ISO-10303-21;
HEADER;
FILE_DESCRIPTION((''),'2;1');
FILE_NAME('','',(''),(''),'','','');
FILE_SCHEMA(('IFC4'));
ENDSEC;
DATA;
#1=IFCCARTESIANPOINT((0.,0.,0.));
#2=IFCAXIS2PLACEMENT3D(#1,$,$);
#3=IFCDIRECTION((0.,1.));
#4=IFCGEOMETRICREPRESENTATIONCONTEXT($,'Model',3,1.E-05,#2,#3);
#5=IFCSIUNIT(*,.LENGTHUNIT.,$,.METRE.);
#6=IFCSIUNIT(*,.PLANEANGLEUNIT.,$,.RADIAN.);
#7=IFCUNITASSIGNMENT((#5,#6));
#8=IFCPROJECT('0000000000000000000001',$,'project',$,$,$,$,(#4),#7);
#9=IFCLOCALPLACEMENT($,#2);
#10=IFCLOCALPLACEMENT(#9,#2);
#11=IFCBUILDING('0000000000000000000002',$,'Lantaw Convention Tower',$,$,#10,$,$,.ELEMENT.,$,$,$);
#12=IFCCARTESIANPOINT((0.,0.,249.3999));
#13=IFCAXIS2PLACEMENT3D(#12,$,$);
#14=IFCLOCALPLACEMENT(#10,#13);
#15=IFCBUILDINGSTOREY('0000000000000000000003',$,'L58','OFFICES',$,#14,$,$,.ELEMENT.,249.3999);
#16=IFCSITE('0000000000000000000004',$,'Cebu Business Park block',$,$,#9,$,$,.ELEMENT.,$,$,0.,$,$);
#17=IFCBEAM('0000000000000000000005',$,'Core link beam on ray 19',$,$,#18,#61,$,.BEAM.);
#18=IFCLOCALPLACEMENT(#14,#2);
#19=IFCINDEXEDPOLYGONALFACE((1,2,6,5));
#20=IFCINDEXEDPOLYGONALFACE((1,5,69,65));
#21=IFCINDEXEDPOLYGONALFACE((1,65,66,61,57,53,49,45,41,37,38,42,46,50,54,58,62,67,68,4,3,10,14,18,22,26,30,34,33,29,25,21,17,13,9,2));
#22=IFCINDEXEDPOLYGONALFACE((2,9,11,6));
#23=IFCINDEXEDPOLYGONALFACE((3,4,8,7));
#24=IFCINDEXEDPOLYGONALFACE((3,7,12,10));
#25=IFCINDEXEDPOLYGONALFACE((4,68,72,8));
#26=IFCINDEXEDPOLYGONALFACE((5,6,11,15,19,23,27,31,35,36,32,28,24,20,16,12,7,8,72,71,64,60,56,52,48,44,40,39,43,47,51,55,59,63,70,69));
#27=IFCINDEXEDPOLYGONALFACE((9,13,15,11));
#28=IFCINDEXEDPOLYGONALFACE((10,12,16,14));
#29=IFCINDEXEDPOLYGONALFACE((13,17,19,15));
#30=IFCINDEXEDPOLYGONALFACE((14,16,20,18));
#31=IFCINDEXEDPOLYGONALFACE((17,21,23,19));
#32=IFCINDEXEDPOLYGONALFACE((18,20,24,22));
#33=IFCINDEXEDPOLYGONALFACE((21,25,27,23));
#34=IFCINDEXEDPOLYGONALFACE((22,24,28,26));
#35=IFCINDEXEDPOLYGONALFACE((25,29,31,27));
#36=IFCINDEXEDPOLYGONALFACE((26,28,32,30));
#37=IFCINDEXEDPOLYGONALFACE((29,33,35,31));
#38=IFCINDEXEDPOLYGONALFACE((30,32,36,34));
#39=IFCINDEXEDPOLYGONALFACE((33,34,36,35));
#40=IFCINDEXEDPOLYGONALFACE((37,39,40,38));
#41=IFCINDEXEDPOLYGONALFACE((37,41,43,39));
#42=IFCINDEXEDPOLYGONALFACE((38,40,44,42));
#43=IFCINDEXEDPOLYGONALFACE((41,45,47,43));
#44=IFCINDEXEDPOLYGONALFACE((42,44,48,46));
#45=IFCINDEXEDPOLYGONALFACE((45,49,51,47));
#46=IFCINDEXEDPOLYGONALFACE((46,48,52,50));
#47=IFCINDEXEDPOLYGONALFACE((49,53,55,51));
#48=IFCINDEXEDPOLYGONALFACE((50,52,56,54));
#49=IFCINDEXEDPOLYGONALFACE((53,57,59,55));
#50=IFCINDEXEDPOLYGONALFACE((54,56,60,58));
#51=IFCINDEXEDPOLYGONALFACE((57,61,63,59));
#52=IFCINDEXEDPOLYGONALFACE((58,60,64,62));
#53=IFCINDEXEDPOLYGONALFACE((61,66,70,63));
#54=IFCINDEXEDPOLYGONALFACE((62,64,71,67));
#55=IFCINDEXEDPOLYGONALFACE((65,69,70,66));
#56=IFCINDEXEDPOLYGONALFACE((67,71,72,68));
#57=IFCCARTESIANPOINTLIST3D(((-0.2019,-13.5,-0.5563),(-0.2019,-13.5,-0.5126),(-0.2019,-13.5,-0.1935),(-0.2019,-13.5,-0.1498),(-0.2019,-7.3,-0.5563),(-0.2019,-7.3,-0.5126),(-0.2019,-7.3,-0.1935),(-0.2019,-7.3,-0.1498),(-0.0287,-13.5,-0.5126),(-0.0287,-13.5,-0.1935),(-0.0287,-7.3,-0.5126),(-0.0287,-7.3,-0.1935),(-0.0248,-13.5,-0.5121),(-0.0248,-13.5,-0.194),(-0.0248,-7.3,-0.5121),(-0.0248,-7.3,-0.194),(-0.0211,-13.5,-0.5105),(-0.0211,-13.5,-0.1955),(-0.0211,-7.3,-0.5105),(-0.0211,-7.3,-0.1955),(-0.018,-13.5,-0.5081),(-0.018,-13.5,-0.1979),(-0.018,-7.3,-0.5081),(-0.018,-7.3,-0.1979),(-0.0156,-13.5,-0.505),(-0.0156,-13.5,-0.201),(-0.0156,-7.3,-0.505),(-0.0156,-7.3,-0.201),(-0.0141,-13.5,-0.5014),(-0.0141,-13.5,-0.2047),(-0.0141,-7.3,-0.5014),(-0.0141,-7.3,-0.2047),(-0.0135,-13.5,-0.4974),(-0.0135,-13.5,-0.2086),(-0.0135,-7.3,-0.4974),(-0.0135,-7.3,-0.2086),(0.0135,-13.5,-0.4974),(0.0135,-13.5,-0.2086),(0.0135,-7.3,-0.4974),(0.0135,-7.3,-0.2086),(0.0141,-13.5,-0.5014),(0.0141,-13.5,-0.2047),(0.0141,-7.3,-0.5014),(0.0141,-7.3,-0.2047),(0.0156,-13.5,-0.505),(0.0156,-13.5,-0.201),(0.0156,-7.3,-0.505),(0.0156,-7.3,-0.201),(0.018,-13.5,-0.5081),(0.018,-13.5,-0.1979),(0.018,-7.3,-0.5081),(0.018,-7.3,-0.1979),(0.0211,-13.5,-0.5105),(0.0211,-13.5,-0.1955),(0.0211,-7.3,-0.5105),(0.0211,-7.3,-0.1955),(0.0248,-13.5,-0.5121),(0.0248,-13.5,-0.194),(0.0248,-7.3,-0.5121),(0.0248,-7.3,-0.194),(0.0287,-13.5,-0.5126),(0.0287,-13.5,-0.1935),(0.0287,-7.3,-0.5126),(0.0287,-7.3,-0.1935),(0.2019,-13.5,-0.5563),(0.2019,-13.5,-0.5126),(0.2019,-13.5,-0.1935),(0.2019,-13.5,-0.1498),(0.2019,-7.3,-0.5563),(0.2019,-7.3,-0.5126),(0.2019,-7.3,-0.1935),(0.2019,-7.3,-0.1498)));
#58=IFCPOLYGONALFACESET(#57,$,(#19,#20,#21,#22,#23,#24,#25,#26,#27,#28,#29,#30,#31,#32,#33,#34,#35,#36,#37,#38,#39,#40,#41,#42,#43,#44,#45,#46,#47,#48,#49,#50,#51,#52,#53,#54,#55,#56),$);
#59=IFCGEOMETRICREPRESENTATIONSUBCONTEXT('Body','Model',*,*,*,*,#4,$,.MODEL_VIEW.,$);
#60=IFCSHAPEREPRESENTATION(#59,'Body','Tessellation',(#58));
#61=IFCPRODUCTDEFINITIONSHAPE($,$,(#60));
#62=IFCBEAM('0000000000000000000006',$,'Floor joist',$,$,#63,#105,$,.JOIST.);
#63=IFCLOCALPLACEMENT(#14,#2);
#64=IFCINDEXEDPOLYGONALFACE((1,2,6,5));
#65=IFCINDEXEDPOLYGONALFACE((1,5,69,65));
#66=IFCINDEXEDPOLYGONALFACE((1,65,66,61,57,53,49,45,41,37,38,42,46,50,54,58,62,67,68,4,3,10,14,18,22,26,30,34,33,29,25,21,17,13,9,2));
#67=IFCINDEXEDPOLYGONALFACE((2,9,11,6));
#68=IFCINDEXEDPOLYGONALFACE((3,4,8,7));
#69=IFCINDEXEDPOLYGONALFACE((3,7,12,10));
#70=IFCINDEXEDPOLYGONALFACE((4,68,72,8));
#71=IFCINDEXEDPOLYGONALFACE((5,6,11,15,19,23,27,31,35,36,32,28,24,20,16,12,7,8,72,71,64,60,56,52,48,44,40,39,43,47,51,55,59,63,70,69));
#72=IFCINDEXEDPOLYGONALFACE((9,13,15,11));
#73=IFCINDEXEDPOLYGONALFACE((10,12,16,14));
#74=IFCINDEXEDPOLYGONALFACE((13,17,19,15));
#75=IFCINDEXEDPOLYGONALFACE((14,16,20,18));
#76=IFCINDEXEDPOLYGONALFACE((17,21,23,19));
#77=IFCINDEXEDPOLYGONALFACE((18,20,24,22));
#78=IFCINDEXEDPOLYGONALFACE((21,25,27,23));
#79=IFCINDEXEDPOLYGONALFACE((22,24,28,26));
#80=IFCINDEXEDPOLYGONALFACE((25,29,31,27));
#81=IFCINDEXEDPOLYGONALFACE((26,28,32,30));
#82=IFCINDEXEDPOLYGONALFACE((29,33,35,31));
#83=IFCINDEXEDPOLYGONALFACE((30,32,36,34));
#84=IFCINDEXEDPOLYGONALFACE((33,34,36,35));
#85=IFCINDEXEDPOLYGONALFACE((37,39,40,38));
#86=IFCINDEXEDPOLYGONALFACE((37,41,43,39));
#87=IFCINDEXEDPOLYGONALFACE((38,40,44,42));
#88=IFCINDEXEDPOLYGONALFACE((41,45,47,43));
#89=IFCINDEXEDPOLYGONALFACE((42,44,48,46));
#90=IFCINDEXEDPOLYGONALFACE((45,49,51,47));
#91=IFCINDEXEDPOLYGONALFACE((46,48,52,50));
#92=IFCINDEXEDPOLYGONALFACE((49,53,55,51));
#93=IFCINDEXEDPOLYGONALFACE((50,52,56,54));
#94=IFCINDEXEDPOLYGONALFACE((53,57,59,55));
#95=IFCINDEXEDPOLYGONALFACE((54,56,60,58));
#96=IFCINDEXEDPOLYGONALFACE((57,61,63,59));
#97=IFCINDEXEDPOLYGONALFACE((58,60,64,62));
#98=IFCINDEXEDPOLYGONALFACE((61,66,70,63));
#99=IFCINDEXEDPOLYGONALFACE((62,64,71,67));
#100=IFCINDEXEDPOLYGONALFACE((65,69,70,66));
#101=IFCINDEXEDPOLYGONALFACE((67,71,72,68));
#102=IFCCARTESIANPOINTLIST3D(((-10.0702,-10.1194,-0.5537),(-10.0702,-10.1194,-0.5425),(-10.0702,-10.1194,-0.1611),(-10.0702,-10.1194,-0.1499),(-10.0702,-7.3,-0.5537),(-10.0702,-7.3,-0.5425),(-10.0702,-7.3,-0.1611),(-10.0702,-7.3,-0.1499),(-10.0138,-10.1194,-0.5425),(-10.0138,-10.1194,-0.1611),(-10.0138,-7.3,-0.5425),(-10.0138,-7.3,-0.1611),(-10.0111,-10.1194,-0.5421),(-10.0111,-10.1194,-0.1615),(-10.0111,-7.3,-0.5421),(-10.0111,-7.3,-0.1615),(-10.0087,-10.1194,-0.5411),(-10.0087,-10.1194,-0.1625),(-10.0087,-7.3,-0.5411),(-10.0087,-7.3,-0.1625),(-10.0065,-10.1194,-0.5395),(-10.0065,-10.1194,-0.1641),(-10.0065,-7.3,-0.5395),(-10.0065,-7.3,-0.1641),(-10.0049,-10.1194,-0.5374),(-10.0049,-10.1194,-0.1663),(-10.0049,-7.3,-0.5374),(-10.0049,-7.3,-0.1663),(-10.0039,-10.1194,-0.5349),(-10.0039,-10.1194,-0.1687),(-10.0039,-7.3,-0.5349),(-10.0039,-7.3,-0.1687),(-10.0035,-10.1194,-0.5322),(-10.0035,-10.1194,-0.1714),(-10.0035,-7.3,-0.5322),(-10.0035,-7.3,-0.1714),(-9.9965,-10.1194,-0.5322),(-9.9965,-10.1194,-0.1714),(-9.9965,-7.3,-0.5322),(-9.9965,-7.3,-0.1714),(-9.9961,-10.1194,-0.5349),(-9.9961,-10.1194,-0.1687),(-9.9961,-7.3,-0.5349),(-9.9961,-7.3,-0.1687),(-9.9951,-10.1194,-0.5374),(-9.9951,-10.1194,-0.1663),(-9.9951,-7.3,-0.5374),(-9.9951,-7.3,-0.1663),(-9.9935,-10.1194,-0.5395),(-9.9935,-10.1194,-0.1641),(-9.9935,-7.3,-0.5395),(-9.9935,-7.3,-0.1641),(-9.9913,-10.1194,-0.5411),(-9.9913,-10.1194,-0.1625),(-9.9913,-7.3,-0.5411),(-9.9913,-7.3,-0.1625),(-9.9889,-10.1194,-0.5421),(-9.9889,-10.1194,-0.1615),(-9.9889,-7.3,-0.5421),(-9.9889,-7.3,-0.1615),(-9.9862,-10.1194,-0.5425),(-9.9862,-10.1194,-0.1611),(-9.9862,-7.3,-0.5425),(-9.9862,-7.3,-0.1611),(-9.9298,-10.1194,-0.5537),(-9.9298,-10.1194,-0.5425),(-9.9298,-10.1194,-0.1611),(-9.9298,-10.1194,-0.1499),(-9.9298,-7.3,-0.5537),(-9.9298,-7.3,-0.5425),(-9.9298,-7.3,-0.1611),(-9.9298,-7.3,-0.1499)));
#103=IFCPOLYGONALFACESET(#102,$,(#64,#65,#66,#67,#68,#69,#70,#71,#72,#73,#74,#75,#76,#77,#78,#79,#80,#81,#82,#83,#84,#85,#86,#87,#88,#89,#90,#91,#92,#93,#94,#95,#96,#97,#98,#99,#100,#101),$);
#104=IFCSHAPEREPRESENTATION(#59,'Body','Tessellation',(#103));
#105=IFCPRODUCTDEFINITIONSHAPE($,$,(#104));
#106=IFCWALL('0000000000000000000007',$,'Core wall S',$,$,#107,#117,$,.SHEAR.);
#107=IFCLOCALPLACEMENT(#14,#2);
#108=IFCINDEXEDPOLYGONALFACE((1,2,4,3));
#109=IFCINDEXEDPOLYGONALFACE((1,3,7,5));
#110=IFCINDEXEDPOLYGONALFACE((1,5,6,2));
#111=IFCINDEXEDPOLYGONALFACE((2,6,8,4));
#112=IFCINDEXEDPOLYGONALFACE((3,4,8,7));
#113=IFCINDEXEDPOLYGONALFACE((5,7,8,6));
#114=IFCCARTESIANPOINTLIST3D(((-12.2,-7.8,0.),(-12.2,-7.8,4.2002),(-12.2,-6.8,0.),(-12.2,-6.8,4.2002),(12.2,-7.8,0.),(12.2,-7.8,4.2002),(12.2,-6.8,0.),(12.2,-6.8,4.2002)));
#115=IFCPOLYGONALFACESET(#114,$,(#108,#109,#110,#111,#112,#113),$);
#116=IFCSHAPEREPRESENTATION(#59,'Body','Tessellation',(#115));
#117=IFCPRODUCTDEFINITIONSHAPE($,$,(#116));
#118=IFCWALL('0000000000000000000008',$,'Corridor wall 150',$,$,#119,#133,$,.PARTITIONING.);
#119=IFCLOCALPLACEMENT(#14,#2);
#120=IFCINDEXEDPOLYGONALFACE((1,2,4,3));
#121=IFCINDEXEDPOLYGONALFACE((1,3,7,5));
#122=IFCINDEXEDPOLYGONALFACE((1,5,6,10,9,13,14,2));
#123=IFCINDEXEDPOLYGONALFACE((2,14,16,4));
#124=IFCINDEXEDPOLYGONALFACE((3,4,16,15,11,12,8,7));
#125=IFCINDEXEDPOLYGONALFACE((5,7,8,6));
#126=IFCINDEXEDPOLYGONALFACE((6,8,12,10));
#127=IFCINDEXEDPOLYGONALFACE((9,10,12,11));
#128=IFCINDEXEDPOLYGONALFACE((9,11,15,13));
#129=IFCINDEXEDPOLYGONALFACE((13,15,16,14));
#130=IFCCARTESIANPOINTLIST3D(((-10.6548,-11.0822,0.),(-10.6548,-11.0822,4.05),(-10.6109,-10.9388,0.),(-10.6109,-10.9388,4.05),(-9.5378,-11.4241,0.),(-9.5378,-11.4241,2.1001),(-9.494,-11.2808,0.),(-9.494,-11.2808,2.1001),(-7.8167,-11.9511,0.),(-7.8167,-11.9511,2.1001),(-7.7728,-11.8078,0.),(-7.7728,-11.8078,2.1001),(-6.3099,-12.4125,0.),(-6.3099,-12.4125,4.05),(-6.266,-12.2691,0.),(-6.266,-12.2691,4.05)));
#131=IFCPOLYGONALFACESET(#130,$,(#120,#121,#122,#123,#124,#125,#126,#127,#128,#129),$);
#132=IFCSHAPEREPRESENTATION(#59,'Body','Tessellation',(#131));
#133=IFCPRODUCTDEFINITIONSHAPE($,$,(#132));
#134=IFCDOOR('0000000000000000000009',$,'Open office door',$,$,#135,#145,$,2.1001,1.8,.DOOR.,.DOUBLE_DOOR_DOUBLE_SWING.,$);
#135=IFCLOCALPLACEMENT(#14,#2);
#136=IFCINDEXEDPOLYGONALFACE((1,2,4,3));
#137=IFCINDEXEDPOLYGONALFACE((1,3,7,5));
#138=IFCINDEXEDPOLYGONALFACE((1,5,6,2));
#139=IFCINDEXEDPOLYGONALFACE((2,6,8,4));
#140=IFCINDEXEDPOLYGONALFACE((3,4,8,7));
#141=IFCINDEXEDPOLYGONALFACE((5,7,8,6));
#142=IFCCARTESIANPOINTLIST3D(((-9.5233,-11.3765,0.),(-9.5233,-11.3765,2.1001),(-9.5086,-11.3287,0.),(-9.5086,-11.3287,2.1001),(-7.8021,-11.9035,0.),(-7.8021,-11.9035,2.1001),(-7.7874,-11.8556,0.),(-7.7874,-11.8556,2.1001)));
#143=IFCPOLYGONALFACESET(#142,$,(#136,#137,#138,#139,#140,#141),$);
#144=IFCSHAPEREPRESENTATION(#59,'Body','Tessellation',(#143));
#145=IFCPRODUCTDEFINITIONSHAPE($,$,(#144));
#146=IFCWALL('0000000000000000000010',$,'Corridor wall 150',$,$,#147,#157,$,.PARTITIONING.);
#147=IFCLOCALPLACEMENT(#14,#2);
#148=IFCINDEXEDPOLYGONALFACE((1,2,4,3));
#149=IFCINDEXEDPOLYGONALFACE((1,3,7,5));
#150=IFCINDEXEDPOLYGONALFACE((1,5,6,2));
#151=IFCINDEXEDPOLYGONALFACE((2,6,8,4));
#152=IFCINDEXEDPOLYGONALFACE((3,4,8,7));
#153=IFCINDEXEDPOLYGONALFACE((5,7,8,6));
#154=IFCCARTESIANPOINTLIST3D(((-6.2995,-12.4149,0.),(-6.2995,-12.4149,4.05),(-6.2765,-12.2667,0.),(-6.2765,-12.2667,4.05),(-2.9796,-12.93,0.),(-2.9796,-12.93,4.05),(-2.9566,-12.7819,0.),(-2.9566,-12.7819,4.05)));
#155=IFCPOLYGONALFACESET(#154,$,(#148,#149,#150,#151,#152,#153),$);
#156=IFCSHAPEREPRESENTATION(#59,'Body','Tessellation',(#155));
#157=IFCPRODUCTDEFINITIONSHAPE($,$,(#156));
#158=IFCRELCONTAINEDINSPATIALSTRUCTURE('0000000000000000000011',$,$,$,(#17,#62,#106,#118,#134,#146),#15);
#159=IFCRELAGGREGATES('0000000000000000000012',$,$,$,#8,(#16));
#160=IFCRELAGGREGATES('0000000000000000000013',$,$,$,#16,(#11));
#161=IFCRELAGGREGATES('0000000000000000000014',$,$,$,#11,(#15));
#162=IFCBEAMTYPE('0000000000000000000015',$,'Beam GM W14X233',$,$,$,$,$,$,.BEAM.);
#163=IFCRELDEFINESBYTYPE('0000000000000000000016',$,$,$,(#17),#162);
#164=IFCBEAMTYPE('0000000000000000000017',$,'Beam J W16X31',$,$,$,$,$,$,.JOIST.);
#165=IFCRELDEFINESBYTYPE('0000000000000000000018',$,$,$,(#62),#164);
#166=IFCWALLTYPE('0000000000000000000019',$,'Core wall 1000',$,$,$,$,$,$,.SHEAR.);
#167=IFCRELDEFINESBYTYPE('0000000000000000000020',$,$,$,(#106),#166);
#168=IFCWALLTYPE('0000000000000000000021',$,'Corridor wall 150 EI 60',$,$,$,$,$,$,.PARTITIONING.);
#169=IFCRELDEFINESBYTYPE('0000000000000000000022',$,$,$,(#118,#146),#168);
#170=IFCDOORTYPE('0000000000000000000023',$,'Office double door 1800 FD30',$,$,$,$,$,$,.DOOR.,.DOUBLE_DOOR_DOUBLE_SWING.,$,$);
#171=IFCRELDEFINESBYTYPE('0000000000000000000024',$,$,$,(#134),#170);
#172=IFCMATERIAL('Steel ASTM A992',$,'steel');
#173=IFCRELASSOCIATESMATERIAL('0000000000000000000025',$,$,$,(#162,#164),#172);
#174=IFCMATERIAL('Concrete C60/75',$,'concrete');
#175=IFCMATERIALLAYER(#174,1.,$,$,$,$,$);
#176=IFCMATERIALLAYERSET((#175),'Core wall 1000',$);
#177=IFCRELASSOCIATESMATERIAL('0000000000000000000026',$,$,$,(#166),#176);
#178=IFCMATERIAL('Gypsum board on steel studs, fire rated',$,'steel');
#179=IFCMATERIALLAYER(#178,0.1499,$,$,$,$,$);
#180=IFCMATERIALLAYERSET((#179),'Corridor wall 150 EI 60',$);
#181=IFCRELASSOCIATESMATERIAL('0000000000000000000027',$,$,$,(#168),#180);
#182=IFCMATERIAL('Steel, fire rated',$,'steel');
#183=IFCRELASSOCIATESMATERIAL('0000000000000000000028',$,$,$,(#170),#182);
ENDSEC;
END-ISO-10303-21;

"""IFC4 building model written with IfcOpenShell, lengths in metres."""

from ifc_helpers import new_model, si_unit, direction, frame, frame_2d, origin, origin_2d, place, context, subcontext, project, spatial, rectangle, i_section, extrude, material, layer, layer_set, material_profile, profile_set, type_object, element, fill, save


model = new_model("IFC4")

# Units and contexts
model_context = context("Model", 3, precision=1e-05, world=origin(), true_north=direction((0.0, 1.0)))
body_context = subcontext(model_context, "Body", "Model", "MODEL_VIEW")
ifc_project = project(units=[si_unit("LENGTHUNIT", "METRE"), si_unit("PLANEANGLEUNIT", "RADIAN")], contexts=[model_context])

# Site, building, storey
site_placement = place(None, origin())
site = spatial("IfcSite", under=ifc_project, at=site_placement, Name="Cebu Business Park block", CompositionType="ELEMENT", RefElevation=0.0)
building_placement = place(site_placement, origin())
building = spatial("IfcBuilding", under=site, at=building_placement, Name="Lantaw Convention Tower", CompositionType="ELEMENT")
storey_placement = place(building_placement, frame((0.0, 0.0, 249.3999)))
storey = spatial("IfcBuildingStorey", under=building, at=storey_placement, Name="L58", Description="OFFICES", CompositionType="ELEMENT", Elevation=249.3999)

# Beams
ifc_material_1 = material(Name="Steel ASTM A992", Category="steel")
ifc_material_profile_1 = material_profile(ifc_material_1, i_section(OverallWidth=0.4038, OverallDepth=0.4065, WebThickness=0.0271, FlangeThickness=0.0437, FilletRadius=0.0151, at=origin_2d()), Name="W14X233")
ifc_profile_set_1 = profile_set([ifc_material_profile_1], Name="Steel ASTM A992")
beam_type_1 = type_object("IfcBeamType", Name="Beam GM W14X233", PredefinedType="BEAM", material=ifc_profile_set_1)
beam_1_placement = place(storey_placement, frame((0.0, -7.3, -0.353), z_axis=(0.0, -1.0, 0.0), x_axis=(1.0, 0.0, 0.0)))
element("IfcBeam", 1, at=beam_1_placement, inside=storey, type_object=beam_type_1, Name="Core link beam on ray 19", PredefinedType="BEAM", context=body_context, shape_type="SweptSolid", body=[
    extrude(i_section(OverallWidth=0.4038, OverallDepth=0.4065, WebThickness=0.0271, FlangeThickness=0.0437, FilletRadius=0.0151, at=origin_2d()), origin(), (0.0, 0.0, 1.0), 6.2),
])
ifc_material_profile_2 = material_profile(ifc_material_1, i_section(OverallWidth=0.1404, OverallDepth=0.4038, WebThickness=0.0071, FlangeThickness=0.0112, FilletRadius=0.0103, at=origin_2d()), Name="W16X31")
ifc_profile_set_2 = profile_set([ifc_material_profile_2], Name="Steel ASTM A992")
beam_type_2 = type_object("IfcBeamType", Name="Beam J W16X31", PredefinedType="JOIST", material=ifc_profile_set_2)
beam_2_placement = place(storey_placement, frame((-10.0, -10.1194, -0.3518), z_axis=(0.0, 1.0, 0.0), x_axis=(-1.0, 0.0, 0.0)))
element("IfcBeam", 2, at=beam_2_placement, inside=storey, type_object=beam_type_2, Name="Floor joist", PredefinedType="JOIST", context=body_context, shape_type="SweptSolid", body=[
    extrude(i_section(OverallWidth=0.1404, OverallDepth=0.4038, WebThickness=0.0071, FlangeThickness=0.0112, FilletRadius=0.0103, at=origin_2d()), origin(), (0.0, 0.0, 1.0), 2.8193),
])

# Wall
ifc_material_2 = material(Name="Concrete C60/75", Category="concrete")
ifc_layer_1 = layer(ifc_material_2, 1.0)
ifc_layer_set_1 = layer_set([ifc_layer_1], Name="Core wall 1000")
wall_type_1 = type_object("IfcWallType", Name="Core wall 1000", PredefinedType="SHEAR", material=ifc_layer_set_1)
wall_1_placement = place(storey_placement, frame((-12.2, -7.3, 0.0), z_axis=(0.0, 0.0, 1.0), x_axis=(1.0, 0.0, 0.0)))
element("IfcWall", 3, at=wall_1_placement, inside=storey, type_object=wall_type_1, Name="Core wall S", PredefinedType="SHEAR", context=body_context, shape_type="SweptSolid", body=[
    extrude(rectangle(XDim=24.3999, YDim=1.0, at=frame_2d((12.2, 0.0))), origin(), (0.0, 0.0, 1.0), 4.2002),
])

# Wall, opening, door
ifc_material_3 = material(Name="Gypsum board on steel studs, fire rated", Category="steel")
ifc_layer_2 = layer(ifc_material_3, 0.1499)
ifc_layer_set_2 = layer_set([ifc_layer_2], Name="Corridor wall 150 EI 60")
wall_type_2 = type_object("IfcWallType", Name="Corridor wall 150 EI 60", PredefinedType="PARTITIONING", material=ifc_layer_set_2)
wall_2_placement = place(storey_placement, frame((-10.6328, -11.0105, 0.0), z_axis=(0.0, 0.0, 1.0), x_axis=(0.956186, -0.29276, 0.0)))
wall_2 = element("IfcWall", 4, at=wall_2_placement, inside=storey, type_object=wall_type_2, Name="Corridor wall 150", PredefinedType="PARTITIONING", context=body_context, shape_type="SweptSolid", body=[
    extrude(rectangle(XDim=4.5439, YDim=0.1499, at=frame_2d((2.272, 0.0))), origin(), (0.0, 0.0, 1.0), 4.05),
])
opening_1_placement = place(wall_2_placement, frame((1.1682, 0.0, 0.0)))
opening_1 = element("IfcOpeningElement", 5, at=opening_1_placement, cuts=wall_2, PredefinedType="OPENING", context=body_context, shape_type="SweptSolid", body=[
    extrude(rectangle(XDim=1.8, YDim=2.1001, at=frame_2d((0.8999, 1.05))), frame((0.0, 0.085, 0.0), z_axis=(0.0, -1.0, 0.0), x_axis=(1.0, 0.0, 0.0)), (0.0, 0.0, 1.0), 0.1699),
])
ifc_material_4 = material(Name="Steel, fire rated", Category="steel")
door_type_1 = type_object("IfcDoorType", Name="Office double door 1800 FD30", OperationType="DOUBLE_DOOR_DOUBLE_SWING", PredefinedType="DOOR", material=ifc_material_4)
door_1_placement = place(opening_1_placement, origin())
door_1 = element("IfcDoor", 6, at=door_1_placement, inside=storey, type_object=door_type_1, Name="Open office door", OperationType="DOUBLE_DOOR_DOUBLE_SWING", OverallHeight=2.1001, OverallWidth=1.8, PredefinedType="DOOR", context=body_context, shape_type="SweptSolid", body=[
    extrude(rectangle(XDim=1.8, YDim=2.1001, at=frame_2d((0.8999, 1.05))), frame((0.0, 0.0249, 0.0), z_axis=(0.0, -1.0, 0.0), x_axis=(1.0, 0.0, 0.0)), (0.0, 0.0, 1.0), 0.05),
])
fill(opening_1, door_1)

# Wall
wall_3_placement = place(storey_placement, frame((-6.2878, -12.3408, 0.0), z_axis=(0.0, 0.0, 1.0), x_axis=(0.988174, -0.153335, 0.0)))
element("IfcWall", 7, at=wall_3_placement, inside=storey, type_object=wall_type_2, Name="Corridor wall 150", PredefinedType="PARTITIONING", context=body_context, shape_type="SweptSolid", body=[
    extrude(rectangle(XDim=3.3596, YDim=0.1499, at=frame_2d((1.6797, 0.0))), origin(), (0.0, 0.0, 1.0), 4.05),
])

save(model, "model.ifc")
